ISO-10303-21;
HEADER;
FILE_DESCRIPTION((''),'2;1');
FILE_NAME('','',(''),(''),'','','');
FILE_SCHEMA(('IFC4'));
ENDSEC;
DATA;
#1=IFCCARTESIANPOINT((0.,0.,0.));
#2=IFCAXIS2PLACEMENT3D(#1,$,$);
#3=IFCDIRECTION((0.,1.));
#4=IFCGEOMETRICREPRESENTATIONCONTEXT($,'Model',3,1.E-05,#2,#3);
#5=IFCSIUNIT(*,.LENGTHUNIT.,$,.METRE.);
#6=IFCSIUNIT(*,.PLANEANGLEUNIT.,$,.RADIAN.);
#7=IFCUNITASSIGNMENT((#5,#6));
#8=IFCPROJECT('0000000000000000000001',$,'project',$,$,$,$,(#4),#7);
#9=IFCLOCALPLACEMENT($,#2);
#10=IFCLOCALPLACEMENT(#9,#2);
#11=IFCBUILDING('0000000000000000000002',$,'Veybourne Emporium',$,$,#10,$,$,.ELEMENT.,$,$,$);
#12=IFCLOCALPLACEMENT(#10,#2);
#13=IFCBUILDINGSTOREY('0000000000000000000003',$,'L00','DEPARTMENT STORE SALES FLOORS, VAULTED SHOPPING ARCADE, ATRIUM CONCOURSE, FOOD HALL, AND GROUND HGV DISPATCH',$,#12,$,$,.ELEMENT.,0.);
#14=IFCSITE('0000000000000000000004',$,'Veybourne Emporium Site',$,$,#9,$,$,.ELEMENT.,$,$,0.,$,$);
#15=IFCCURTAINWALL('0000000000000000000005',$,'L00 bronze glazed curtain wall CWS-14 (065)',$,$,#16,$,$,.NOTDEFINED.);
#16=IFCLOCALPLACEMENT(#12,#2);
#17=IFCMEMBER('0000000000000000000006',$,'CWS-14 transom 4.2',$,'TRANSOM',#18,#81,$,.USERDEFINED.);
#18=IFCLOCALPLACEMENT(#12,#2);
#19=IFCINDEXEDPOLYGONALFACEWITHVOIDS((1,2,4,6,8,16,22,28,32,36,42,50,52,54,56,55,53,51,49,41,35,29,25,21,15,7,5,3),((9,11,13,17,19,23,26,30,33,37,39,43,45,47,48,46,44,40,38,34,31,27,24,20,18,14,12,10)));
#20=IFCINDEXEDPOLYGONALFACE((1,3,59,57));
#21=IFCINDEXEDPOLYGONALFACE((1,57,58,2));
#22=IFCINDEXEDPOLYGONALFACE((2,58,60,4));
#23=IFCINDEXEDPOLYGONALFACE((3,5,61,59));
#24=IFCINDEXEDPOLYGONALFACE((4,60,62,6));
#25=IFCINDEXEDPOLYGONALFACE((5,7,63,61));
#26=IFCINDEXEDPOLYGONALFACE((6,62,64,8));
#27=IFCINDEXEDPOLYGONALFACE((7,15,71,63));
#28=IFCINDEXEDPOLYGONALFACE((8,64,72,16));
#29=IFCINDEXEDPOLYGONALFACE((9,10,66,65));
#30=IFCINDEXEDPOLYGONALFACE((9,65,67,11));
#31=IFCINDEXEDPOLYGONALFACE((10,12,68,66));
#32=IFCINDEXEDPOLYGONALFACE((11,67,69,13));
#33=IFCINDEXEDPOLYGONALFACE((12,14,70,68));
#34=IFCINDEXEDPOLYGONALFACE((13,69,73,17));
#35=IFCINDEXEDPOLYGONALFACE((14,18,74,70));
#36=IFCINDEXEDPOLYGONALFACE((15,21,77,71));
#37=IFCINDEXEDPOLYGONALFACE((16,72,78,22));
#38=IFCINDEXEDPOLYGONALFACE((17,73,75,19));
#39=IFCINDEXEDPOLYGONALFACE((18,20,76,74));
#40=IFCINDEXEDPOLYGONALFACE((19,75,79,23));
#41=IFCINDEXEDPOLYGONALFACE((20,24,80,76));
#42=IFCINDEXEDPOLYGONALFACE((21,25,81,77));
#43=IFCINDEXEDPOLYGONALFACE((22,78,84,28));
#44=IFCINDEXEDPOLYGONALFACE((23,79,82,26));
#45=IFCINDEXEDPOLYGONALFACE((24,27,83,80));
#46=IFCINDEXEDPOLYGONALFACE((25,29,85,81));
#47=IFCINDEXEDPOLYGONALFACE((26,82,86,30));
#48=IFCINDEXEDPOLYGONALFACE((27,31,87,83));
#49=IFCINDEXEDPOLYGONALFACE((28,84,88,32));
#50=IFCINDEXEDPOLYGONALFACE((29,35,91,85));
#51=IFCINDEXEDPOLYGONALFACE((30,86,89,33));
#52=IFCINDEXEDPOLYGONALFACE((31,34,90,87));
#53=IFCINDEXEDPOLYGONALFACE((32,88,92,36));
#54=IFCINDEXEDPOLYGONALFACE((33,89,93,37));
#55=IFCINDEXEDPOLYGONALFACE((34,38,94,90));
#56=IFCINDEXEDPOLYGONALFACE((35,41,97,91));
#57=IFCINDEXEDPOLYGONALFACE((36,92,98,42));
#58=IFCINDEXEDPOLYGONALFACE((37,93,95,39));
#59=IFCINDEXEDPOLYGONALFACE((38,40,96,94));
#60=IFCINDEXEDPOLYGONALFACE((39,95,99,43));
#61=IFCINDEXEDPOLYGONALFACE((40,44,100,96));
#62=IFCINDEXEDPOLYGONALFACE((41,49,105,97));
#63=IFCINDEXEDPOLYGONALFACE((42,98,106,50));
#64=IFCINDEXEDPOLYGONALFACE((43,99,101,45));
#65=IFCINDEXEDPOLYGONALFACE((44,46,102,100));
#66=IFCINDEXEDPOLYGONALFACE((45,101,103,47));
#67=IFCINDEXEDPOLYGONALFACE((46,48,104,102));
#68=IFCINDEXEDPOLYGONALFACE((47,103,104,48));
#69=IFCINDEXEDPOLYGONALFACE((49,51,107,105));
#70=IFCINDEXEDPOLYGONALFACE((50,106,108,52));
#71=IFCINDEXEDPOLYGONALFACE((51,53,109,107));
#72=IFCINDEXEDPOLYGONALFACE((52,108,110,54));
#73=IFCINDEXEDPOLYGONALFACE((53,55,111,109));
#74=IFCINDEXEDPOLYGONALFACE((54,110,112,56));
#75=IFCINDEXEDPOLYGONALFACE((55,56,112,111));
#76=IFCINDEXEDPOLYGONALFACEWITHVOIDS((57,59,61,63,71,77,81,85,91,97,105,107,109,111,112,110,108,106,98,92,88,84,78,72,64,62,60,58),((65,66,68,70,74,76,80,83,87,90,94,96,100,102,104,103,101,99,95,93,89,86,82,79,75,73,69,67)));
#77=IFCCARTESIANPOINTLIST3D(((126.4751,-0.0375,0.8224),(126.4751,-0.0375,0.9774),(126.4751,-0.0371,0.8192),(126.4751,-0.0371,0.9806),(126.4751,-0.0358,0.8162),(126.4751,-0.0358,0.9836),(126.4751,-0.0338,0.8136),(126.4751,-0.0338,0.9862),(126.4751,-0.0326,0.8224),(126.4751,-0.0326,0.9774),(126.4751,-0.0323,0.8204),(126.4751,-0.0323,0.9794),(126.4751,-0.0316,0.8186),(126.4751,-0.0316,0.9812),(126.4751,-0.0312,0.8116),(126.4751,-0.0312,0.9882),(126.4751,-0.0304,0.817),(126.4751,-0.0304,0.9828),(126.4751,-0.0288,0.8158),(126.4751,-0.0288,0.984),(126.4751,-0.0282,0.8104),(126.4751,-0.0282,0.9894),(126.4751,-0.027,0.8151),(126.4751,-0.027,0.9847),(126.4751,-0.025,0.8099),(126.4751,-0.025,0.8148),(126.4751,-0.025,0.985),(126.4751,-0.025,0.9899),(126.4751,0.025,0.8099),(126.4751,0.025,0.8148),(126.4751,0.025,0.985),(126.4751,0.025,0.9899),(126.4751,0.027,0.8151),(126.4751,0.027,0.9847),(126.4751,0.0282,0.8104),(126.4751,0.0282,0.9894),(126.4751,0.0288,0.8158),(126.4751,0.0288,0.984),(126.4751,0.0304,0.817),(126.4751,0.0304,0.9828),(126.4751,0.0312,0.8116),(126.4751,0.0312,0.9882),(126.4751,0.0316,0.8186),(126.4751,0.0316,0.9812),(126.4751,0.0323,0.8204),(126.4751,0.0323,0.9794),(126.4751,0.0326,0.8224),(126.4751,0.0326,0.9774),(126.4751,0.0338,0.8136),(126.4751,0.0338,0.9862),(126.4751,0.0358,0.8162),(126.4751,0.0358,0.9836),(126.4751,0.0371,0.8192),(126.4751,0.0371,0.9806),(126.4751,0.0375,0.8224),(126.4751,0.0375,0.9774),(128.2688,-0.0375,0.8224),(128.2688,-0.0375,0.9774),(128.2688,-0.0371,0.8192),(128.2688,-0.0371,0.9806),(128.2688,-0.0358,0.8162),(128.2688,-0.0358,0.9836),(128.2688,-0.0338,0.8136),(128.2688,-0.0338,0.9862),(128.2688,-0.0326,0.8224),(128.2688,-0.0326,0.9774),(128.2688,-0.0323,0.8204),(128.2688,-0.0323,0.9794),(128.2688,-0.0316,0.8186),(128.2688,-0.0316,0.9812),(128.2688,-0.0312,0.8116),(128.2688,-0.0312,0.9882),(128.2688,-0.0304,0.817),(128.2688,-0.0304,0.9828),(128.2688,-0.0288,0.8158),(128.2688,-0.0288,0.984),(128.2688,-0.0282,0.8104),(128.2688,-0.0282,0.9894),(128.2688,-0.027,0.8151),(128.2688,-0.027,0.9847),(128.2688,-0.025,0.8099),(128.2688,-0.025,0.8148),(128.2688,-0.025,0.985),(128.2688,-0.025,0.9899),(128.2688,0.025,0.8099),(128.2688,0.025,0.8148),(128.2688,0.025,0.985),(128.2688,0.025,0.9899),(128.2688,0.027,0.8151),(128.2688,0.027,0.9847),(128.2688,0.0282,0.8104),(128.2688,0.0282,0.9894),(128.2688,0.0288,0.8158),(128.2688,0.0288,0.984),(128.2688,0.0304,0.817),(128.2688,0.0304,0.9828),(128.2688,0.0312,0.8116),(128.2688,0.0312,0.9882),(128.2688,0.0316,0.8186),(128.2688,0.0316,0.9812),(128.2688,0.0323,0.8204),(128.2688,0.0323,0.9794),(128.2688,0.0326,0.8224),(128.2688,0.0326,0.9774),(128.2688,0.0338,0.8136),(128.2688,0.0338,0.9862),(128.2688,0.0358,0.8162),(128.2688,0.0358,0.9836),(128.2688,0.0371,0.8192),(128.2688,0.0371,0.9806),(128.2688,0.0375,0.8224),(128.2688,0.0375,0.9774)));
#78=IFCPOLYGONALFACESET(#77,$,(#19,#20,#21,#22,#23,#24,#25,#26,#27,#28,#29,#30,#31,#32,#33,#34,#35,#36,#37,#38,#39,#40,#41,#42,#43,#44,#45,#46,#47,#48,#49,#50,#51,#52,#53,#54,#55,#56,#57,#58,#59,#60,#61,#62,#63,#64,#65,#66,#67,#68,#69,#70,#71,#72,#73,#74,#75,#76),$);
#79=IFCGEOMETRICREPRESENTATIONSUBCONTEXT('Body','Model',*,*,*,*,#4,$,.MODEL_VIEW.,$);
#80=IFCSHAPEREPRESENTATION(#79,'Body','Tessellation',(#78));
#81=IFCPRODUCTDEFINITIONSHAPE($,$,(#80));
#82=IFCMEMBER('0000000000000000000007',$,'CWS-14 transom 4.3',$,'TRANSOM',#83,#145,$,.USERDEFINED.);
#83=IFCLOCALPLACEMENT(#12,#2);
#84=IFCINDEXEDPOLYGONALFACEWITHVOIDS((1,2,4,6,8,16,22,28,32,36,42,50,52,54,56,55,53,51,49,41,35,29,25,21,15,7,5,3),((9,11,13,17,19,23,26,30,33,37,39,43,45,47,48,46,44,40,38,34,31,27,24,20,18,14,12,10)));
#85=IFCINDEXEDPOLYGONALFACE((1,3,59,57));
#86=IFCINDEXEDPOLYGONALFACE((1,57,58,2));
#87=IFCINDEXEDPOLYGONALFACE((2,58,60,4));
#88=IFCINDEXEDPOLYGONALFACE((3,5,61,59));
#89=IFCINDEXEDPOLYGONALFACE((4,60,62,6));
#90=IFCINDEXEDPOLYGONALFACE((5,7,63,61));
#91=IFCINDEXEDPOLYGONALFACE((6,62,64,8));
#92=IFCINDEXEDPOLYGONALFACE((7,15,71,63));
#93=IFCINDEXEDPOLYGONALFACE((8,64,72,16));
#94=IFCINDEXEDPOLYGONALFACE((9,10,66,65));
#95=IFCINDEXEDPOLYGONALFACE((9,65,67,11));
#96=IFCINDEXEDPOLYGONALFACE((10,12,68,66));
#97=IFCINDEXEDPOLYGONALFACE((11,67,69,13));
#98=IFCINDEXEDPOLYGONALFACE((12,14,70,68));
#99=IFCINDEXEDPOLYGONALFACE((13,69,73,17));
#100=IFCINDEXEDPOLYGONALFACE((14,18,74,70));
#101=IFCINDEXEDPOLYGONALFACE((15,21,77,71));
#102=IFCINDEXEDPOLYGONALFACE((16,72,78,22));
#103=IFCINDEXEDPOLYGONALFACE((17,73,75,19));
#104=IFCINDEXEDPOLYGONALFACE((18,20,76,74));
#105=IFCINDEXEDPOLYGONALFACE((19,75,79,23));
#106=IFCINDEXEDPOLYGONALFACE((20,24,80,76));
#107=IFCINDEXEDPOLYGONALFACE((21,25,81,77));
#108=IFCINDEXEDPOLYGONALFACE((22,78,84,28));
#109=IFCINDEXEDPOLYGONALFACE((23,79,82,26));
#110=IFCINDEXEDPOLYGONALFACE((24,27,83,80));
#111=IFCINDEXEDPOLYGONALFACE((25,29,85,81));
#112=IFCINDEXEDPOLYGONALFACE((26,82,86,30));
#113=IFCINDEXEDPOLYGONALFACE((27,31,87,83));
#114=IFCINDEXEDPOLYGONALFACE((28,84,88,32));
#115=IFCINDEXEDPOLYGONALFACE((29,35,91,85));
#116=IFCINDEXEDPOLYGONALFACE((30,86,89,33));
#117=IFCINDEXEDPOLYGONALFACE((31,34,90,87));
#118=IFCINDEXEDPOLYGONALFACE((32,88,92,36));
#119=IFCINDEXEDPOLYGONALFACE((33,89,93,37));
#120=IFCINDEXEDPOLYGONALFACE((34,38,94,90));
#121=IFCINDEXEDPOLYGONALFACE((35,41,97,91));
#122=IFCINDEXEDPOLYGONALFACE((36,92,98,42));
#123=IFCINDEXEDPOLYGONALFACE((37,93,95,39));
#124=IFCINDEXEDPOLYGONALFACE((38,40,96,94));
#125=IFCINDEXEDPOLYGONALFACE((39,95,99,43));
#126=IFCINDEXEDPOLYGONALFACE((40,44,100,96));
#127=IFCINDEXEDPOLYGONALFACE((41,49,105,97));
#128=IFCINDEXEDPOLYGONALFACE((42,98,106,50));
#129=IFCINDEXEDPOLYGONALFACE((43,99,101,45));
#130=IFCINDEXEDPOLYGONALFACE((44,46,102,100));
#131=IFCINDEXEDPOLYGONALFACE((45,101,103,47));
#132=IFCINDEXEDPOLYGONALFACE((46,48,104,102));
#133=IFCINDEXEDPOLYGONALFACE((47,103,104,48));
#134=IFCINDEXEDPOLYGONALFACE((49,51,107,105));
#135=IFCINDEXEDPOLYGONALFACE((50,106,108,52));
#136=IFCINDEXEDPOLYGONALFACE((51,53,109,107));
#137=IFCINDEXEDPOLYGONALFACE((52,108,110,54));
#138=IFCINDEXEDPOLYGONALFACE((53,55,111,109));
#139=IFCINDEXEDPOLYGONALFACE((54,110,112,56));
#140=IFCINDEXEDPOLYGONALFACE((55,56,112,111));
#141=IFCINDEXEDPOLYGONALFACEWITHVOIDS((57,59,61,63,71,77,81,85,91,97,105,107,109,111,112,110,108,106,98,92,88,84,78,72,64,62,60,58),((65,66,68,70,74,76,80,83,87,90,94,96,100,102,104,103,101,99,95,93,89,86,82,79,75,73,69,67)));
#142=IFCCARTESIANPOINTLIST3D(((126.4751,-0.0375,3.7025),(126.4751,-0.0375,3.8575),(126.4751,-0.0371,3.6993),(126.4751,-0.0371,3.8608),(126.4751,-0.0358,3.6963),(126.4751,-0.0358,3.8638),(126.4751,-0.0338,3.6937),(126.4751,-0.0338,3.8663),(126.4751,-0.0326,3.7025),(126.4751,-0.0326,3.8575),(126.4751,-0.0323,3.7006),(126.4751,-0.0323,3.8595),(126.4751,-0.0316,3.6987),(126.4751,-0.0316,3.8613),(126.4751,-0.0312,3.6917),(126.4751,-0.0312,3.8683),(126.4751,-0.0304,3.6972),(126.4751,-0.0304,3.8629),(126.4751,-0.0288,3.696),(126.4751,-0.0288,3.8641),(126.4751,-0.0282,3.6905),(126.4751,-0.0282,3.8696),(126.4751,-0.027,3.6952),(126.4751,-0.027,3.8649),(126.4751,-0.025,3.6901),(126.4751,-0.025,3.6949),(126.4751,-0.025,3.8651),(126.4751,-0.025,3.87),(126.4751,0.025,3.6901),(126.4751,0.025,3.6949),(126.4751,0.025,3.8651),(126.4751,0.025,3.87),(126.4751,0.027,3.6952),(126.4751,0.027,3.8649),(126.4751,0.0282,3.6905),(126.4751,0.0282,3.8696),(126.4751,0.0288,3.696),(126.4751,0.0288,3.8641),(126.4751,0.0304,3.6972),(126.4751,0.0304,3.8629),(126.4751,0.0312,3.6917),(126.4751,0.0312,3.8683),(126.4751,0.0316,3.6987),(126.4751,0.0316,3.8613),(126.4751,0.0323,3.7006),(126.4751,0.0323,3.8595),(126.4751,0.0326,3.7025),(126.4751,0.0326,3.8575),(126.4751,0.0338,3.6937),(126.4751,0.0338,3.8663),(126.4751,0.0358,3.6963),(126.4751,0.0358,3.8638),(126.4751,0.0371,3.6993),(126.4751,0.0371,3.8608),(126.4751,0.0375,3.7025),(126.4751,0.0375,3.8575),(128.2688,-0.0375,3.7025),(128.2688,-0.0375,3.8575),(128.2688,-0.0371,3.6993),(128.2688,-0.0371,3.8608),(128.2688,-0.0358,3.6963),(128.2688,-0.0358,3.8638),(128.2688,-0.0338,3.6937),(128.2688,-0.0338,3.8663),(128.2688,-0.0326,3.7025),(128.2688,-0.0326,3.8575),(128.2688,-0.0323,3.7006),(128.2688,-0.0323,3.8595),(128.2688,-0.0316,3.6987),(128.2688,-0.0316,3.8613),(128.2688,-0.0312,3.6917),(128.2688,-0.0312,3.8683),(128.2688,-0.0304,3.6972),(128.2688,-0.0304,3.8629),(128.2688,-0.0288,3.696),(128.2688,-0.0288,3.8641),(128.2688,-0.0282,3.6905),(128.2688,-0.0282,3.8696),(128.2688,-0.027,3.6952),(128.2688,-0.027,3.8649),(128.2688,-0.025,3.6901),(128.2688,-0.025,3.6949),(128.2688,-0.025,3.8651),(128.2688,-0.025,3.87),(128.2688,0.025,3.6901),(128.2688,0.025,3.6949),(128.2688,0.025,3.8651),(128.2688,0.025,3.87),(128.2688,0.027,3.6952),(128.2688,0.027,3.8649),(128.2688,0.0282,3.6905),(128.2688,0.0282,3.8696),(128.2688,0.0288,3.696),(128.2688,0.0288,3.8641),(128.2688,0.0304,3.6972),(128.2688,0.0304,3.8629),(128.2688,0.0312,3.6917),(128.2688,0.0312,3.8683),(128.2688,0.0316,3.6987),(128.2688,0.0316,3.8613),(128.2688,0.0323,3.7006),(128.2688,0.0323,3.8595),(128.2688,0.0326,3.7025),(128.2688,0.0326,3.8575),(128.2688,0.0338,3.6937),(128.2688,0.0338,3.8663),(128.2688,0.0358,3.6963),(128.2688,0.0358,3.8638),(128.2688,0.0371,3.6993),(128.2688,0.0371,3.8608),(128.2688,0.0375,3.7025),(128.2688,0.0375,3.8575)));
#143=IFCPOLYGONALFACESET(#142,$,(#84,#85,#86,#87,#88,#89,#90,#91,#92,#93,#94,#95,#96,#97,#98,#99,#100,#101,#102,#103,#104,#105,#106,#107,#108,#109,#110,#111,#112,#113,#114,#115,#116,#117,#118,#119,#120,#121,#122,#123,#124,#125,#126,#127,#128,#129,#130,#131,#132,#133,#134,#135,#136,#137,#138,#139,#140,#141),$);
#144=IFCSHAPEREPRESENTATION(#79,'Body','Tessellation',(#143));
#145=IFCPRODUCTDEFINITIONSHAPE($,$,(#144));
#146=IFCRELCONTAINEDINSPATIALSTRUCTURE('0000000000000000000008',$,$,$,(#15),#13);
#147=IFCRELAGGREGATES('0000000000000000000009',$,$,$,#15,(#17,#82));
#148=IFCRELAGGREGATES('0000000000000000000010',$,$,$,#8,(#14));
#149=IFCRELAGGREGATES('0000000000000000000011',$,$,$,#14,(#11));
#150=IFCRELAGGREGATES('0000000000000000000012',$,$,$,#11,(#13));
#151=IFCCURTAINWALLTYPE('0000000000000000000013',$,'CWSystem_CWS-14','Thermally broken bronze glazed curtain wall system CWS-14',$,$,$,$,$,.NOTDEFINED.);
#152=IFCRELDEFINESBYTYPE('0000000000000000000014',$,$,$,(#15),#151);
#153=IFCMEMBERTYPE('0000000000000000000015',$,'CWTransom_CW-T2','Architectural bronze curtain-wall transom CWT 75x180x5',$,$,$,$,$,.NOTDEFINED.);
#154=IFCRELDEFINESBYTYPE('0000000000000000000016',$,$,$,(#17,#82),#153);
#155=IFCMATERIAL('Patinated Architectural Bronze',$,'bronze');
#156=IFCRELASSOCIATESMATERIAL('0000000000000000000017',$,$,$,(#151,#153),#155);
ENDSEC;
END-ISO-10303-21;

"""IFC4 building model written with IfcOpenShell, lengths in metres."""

from ifc_helpers import new_model, si_unit, direction, frame, origin, origin_2d, place, context, subcontext, project, spatial, hollow_rectangle, extrude, material, material_profile, profile_set, type_object, element, aggregate, save


model = new_model("IFC4")

# Units and contexts
model_context = context("Model", 3, precision=1e-05, world=origin(), true_north=direction((0.0, 1.0)))
body_context = subcontext(model_context, "Body", "Model", "MODEL_VIEW")
ifc_project = project(units=[si_unit("LENGTHUNIT", "METRE"), si_unit("PLANEANGLEUNIT", "RADIAN")], contexts=[model_context])

# Site, building, storey
site_placement = place(None, origin())
site = spatial("IfcSite", under=ifc_project, at=site_placement, Name="Veybourne Emporium Site", CompositionType="ELEMENT", RefElevation=0.0)
building_placement = place(site_placement, origin())
building = spatial("IfcBuilding", under=site, at=building_placement, Name="Veybourne Emporium", CompositionType="ELEMENT")
storey_placement = place(building_placement, origin())
storey = spatial("IfcBuildingStorey", under=building, at=storey_placement, Name="L00", Description="DEPARTMENT STORE SALES FLOORS, VAULTED SHOPPING ARCADE, ATRIUM CONCOURSE, FOOD HALL, AND GROUND HGV DISPATCH", CompositionType="ELEMENT", Elevation=0.0)

# Curtain wall, members
ifc_material_1 = material(Name="Patinated Architectural Bronze", Category="bronze")
curtain_wall_type = type_object("IfcCurtainWallType", Name="CWSystem_CWS-14", Description="Thermally broken bronze glazed curtain wall system CWS-14", PredefinedType="NOTDEFINED", material=ifc_material_1)
curtain_wall_placement = place(storey_placement, origin())
curtain_wall = element("IfcCurtainWall", 1, at=curtain_wall_placement, inside=storey, type_object=curtain_wall_type, Name="L00 bronze glazed curtain wall CWS-14 (065)", PredefinedType="NOTDEFINED")
ifc_material_profile_1 = material_profile(ifc_material_1, hollow_rectangle(XDim=0.075, YDim=0.1799, WallThickness=0.0049, InnerFilletRadius=0.0076, OuterFilletRadius=0.0125, at=origin_2d()), Name="CWT 75x180x5")
ifc_profile_set_1 = profile_set([ifc_material_profile_1], Name="Patinated Architectural Bronze")
member_type_1 = type_object("IfcMemberType", Name="CWTransom_CW-T2", Description="Architectural bronze curtain-wall transom CWT 75x180x5", PredefinedType="NOTDEFINED", material=ifc_profile_set_1)
member_1_placement = place(storey_placement, frame((128.2688, 0.0, 0.8999), z_axis=(-1.0, 0.0, 0.0), x_axis=(0.0, -1.0, 0.0)))
member_1 = element("IfcMember", 2, at=member_1_placement, type_object=member_type_1, Name="CWS-14 transom 4.2", ObjectType="TRANSOM", PredefinedType="USERDEFINED", context=body_context, shape_type="SweptSolid", body=[
    extrude(hollow_rectangle(XDim=0.075, YDim=0.1799, WallThickness=0.0049, InnerFilletRadius=0.0076, OuterFilletRadius=0.0125, at=origin_2d()), origin(), (0.0, 0.0, 1.0), 1.7937),
])
member_2_placement = place(storey_placement, frame((128.2688, 0.0, 3.78), z_axis=(-1.0, 0.0, 0.0), x_axis=(0.0, -1.0, 0.0)))
member_2 = element("IfcMember", 3, at=member_2_placement, type_object=member_type_1, Name="CWS-14 transom 4.3", ObjectType="TRANSOM", PredefinedType="USERDEFINED", context=body_context, shape_type="SweptSolid", body=[
    extrude(hollow_rectangle(XDim=0.075, YDim=0.1799, WallThickness=0.0049, InnerFilletRadius=0.0076, OuterFilletRadius=0.0125, at=origin_2d()), origin(), (0.0, 0.0, 1.0), 1.7937),
])

aggregate(curtain_wall, [member_1, member_2])

save(model, "model.ifc")
